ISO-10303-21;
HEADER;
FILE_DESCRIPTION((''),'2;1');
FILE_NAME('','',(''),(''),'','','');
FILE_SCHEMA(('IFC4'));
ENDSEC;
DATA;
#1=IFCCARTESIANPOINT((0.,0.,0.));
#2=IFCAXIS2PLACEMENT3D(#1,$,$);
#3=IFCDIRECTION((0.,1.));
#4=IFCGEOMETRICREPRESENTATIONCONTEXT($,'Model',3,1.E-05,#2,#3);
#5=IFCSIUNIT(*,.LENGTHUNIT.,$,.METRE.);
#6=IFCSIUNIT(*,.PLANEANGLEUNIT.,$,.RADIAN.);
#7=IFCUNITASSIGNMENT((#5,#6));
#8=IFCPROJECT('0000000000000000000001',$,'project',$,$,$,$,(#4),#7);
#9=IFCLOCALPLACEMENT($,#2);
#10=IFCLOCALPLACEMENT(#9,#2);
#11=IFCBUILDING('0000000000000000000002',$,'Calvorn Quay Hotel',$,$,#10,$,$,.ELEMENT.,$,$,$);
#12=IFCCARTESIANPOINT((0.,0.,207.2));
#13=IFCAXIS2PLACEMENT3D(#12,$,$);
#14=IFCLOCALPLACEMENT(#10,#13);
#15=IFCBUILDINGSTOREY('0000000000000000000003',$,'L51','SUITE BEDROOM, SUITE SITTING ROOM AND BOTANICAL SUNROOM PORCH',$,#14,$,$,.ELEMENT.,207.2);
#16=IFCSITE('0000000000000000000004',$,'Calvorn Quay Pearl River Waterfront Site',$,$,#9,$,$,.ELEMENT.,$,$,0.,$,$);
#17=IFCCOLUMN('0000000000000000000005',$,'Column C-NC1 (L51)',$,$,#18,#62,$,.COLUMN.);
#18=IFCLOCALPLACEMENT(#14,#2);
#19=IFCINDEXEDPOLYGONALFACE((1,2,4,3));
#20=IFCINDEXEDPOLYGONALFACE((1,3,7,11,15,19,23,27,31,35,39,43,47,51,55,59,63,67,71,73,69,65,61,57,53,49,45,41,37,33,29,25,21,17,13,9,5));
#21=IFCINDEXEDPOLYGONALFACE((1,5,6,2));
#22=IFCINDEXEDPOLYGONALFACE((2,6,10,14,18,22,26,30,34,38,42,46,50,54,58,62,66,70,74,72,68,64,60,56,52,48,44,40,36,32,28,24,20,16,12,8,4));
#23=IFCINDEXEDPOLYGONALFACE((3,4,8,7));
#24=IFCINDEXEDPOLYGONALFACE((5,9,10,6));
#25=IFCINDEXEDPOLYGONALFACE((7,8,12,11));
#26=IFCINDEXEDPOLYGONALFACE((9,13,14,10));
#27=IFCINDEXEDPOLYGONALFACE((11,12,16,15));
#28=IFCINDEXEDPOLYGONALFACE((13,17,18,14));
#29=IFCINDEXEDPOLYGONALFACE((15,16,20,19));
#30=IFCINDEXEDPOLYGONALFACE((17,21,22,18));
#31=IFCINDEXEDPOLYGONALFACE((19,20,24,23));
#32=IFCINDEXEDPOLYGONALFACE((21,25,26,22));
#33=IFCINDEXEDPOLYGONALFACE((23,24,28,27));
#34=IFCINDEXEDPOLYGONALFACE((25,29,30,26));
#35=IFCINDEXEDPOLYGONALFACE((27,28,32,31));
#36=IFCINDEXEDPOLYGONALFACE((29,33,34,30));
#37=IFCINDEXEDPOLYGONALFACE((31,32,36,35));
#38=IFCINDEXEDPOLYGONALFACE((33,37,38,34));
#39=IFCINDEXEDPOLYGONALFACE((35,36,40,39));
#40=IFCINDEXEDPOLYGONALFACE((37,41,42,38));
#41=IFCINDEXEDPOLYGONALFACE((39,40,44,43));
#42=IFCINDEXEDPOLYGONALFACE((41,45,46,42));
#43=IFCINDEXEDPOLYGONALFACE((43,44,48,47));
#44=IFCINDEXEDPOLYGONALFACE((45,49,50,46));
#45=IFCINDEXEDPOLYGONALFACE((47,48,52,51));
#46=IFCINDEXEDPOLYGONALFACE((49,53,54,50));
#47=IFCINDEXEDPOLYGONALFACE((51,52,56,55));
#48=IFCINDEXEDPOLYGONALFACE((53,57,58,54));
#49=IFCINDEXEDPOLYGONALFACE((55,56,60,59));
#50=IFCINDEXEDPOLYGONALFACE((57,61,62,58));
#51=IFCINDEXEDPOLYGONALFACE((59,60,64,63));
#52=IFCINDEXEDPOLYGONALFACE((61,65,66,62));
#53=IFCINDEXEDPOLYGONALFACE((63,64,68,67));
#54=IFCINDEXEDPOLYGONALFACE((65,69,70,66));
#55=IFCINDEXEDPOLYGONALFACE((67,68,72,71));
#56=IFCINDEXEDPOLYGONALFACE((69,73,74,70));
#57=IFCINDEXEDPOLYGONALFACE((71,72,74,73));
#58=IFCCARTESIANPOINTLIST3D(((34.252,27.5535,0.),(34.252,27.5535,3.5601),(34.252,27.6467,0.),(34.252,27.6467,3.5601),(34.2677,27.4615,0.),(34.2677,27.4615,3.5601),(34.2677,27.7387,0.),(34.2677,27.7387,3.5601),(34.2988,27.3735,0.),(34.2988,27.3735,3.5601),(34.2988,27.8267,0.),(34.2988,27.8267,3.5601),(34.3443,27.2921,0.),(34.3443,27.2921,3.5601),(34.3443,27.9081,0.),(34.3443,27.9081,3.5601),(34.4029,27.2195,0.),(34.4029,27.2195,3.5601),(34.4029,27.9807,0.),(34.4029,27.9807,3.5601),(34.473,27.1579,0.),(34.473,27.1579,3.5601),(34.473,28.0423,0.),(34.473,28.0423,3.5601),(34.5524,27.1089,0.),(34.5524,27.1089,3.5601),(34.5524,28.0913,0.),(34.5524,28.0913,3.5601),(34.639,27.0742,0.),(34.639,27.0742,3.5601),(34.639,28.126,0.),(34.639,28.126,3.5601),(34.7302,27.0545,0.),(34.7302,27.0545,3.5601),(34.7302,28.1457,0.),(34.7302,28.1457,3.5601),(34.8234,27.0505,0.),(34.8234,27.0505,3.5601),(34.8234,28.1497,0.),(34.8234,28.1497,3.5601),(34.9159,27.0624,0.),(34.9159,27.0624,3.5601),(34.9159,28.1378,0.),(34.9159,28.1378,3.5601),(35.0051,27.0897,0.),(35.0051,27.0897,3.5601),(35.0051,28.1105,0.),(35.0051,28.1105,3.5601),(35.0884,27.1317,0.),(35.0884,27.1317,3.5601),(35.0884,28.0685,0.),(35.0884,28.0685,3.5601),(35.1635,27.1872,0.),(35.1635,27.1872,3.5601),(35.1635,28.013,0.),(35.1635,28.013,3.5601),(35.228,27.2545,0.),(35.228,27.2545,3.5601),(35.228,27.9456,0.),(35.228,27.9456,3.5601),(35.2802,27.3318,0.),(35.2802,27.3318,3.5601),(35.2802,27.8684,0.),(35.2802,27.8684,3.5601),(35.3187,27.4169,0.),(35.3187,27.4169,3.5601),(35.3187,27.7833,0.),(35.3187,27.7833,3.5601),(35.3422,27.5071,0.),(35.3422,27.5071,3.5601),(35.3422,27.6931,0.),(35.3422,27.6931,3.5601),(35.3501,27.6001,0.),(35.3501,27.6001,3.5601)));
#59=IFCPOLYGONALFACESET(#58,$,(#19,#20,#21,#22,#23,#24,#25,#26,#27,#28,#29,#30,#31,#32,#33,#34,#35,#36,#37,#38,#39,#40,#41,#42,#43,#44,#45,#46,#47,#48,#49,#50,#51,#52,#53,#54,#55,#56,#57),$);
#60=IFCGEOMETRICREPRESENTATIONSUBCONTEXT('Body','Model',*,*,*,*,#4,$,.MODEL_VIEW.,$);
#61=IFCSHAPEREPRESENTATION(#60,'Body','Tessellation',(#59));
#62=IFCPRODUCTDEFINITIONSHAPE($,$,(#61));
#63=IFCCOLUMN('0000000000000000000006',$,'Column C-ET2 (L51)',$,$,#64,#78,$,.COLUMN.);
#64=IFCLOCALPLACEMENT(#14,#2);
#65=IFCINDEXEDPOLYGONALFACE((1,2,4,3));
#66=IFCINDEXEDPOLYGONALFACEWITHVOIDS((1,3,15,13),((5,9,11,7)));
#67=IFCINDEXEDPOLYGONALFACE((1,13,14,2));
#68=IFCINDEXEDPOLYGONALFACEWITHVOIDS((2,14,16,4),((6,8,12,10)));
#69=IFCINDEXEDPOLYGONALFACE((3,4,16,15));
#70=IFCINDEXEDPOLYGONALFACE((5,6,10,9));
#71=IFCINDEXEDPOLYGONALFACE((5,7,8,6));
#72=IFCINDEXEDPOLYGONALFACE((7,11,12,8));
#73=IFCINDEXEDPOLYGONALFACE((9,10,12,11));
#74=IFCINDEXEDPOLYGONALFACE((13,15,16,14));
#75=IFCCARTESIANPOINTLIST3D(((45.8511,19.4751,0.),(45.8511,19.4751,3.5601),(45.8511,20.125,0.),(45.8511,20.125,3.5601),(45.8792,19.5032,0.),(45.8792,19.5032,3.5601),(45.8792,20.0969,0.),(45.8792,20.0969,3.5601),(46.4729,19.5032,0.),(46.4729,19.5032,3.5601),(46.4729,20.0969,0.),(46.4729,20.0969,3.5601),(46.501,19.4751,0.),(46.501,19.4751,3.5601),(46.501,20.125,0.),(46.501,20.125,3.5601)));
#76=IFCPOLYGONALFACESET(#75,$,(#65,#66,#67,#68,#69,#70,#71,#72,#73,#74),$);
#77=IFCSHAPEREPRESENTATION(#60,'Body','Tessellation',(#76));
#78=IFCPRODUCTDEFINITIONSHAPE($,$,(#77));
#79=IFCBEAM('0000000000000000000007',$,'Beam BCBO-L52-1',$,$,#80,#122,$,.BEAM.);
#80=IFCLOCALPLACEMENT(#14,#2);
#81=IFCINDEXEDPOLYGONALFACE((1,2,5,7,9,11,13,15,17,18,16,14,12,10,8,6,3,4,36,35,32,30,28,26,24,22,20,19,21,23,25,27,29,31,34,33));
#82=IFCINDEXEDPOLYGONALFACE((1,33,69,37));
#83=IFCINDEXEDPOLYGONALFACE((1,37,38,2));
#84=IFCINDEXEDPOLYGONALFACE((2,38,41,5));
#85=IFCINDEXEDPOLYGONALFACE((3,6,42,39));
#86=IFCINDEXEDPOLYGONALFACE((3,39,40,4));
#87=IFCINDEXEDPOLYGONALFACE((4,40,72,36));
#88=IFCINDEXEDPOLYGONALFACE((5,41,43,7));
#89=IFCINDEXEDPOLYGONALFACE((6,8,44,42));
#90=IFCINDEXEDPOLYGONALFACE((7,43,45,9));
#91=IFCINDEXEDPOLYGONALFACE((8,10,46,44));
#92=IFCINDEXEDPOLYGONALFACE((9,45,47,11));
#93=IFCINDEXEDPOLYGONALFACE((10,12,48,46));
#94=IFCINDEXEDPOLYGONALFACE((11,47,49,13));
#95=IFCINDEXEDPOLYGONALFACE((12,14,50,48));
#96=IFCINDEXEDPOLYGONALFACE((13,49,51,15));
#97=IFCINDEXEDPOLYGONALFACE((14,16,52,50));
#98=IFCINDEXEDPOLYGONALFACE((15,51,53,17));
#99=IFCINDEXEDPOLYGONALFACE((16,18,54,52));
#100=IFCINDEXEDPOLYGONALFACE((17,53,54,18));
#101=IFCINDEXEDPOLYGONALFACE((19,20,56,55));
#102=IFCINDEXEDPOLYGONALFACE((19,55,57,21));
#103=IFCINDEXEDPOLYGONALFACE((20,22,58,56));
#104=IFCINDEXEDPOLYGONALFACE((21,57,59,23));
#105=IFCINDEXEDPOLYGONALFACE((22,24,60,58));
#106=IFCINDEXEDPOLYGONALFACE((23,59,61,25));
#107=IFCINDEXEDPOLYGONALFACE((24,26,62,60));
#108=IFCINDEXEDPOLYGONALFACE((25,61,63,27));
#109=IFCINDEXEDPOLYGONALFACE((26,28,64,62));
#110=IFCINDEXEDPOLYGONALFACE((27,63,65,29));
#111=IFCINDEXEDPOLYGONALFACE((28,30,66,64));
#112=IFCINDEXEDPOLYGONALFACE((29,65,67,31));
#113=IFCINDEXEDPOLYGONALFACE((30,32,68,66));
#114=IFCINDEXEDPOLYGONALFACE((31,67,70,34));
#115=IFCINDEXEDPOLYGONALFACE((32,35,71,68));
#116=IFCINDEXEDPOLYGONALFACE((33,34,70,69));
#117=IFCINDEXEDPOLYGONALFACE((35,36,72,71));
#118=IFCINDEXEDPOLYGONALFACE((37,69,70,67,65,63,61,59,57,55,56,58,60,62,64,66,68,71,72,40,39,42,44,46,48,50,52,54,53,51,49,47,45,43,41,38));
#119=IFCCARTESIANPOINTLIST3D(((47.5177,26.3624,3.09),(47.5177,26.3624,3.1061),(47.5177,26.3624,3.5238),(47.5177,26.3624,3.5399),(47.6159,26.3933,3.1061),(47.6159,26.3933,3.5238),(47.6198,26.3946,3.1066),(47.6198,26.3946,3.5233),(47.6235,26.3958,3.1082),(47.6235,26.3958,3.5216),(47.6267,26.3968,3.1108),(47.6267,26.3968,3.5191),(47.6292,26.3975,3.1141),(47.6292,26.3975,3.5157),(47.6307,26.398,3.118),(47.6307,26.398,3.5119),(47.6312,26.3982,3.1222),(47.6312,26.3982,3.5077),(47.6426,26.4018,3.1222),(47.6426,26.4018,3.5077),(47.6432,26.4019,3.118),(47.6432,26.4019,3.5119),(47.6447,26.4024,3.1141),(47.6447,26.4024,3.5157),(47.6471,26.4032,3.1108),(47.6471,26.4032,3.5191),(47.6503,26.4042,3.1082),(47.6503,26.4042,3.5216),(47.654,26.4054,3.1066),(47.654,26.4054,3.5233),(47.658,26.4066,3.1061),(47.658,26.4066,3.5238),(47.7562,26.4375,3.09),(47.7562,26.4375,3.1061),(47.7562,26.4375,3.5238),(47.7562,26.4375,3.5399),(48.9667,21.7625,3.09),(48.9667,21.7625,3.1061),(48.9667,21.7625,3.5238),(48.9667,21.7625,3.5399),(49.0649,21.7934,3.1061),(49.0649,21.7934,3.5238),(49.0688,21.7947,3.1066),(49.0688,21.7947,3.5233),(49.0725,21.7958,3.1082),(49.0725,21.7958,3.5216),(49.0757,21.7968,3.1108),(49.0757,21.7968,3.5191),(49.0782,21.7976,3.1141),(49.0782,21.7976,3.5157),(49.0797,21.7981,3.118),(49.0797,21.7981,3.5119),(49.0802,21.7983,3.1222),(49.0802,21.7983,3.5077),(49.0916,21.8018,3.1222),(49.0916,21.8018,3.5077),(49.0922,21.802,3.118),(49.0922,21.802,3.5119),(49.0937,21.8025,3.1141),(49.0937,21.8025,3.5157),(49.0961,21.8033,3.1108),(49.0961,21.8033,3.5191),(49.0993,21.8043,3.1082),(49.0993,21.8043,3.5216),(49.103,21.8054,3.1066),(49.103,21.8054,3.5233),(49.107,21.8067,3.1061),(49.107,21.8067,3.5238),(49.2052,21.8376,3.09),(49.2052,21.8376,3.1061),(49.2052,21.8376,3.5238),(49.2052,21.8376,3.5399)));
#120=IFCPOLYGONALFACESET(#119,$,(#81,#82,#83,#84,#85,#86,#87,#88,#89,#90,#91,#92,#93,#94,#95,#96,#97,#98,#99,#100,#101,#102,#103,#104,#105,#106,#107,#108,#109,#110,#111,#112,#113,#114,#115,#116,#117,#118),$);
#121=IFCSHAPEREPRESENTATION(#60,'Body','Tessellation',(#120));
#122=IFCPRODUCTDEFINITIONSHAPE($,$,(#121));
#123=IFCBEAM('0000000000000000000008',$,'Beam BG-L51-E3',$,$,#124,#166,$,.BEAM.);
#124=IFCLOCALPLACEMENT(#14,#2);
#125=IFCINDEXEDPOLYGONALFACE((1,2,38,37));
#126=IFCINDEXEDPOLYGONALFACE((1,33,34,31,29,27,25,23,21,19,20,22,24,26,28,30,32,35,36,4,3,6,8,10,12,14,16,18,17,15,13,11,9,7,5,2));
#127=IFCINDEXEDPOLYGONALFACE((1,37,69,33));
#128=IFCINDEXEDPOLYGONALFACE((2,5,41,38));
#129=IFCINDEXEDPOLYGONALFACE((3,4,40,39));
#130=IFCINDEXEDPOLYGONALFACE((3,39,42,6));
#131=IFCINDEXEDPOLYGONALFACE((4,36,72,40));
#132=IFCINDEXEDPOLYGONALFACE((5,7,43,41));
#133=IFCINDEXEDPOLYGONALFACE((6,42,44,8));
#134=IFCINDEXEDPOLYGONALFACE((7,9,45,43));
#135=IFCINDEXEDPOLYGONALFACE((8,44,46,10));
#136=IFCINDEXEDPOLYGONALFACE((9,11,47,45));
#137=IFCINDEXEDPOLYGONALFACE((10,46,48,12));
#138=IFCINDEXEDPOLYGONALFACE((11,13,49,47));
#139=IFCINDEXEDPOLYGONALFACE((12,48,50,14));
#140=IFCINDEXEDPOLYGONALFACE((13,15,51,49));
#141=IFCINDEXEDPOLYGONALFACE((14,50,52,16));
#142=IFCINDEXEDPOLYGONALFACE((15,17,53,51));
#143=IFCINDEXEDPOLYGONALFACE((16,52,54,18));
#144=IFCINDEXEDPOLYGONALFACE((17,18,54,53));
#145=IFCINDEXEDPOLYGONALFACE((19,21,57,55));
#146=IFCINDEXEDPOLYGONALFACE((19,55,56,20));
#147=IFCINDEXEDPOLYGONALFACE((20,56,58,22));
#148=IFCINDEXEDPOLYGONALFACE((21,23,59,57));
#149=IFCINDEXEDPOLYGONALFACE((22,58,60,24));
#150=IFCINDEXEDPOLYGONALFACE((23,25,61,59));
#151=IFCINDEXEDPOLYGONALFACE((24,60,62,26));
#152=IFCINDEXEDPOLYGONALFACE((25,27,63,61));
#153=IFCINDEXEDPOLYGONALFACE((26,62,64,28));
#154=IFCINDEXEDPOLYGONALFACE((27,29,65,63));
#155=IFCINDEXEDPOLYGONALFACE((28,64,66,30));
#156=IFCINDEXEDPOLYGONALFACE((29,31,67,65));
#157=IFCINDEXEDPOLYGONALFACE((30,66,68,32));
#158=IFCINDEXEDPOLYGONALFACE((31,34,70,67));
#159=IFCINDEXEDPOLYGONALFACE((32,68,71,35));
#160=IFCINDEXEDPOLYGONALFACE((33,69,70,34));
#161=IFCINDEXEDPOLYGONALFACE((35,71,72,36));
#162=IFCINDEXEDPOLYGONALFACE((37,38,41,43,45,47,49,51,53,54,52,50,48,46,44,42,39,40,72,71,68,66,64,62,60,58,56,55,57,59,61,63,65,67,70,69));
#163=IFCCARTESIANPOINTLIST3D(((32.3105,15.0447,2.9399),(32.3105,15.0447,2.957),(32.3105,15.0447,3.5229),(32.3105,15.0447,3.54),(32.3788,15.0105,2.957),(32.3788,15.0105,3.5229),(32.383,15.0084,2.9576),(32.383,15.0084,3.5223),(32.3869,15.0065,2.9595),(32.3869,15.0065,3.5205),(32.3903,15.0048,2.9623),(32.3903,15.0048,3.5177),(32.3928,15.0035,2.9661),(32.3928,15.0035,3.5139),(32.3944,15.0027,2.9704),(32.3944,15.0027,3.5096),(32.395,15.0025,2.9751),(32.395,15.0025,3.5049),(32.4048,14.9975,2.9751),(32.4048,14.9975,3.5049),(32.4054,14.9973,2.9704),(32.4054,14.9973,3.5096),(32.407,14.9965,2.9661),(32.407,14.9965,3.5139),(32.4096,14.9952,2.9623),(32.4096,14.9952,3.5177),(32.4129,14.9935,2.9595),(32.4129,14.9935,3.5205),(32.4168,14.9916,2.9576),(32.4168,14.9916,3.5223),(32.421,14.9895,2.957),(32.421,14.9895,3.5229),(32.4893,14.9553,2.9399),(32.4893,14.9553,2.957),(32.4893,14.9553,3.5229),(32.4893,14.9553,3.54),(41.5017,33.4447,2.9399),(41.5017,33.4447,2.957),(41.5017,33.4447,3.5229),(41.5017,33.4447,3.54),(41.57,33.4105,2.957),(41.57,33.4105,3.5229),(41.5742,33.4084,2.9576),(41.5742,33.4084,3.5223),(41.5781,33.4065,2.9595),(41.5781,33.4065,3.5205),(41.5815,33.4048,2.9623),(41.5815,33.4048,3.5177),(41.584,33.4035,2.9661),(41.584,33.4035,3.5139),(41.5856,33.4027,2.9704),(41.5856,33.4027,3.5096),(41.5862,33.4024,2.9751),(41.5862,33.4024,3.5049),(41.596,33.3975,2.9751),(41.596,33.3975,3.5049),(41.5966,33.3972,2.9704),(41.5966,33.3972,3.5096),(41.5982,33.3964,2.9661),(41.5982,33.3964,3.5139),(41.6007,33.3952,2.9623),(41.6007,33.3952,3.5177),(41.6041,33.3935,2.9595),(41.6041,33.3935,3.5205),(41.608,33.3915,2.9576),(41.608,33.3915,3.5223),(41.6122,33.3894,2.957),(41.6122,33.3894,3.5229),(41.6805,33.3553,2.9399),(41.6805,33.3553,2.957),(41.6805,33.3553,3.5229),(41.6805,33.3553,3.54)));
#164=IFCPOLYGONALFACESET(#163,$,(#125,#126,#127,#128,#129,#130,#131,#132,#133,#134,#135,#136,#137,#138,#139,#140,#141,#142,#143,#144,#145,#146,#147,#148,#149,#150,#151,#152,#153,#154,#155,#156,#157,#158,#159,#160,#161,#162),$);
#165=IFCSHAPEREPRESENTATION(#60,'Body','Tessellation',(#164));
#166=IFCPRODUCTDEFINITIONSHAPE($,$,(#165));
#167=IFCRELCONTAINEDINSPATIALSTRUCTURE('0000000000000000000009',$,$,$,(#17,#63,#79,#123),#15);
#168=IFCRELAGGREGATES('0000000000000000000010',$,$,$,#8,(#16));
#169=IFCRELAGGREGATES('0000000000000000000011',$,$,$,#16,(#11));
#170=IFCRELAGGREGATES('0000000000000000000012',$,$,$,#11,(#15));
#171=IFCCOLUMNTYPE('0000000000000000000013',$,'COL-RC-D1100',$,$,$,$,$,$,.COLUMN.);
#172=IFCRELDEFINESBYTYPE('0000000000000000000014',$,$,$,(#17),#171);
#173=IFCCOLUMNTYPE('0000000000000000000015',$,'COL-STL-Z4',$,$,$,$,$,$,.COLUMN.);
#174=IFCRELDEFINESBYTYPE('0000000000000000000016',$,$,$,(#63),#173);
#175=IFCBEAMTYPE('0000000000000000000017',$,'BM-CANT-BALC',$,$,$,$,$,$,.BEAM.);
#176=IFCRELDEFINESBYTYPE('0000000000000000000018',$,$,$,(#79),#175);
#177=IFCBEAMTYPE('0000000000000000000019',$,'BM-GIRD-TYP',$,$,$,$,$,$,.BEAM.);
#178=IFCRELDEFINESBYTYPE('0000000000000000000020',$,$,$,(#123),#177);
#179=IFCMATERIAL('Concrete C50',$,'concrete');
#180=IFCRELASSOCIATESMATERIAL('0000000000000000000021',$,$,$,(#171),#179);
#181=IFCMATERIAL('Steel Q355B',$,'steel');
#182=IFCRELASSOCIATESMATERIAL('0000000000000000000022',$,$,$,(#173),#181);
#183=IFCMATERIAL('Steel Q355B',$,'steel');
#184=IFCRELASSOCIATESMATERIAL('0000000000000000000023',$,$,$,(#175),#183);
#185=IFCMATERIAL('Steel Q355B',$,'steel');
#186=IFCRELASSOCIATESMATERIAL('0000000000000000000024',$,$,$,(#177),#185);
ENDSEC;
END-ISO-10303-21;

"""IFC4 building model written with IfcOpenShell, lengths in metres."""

from ifc_helpers import new_model, si_unit, direction, frame, origin, origin_2d, place, context, subcontext, project, spatial, hollow_rectangle, circle, i_section, extrude, material, material_profile, profile_set, type_object, element, save


model = new_model("IFC4")

# Units and contexts
model_context = context("Model", 3, precision=1e-05, world=origin(), true_north=direction((0.0, 1.0)))
body_context = subcontext(model_context, "Body", "Model", "MODEL_VIEW")
ifc_project = project(units=[si_unit("LENGTHUNIT", "METRE"), si_unit("PLANEANGLEUNIT", "RADIAN")], contexts=[model_context])

# Site, building, storey
site_placement = place(None, origin())
site = spatial("IfcSite", under=ifc_project, at=site_placement, Name="Calvorn Quay Pearl River Waterfront Site", CompositionType="ELEMENT", RefElevation=0.0)
building_placement = place(site_placement, origin())
building = spatial("IfcBuilding", under=site, at=building_placement, Name="Calvorn Quay Hotel", CompositionType="ELEMENT")
storey_placement = place(building_placement, frame((0.0, 0.0, 207.2)))
storey = spatial("IfcBuildingStorey", under=building, at=storey_placement, Name="L51", Description="SUITE BEDROOM, SUITE SITTING ROOM AND BOTANICAL SUNROOM PORCH", CompositionType="ELEMENT", Elevation=207.2)

# Columns
ifc_material_1 = material(Name="Concrete C50", Category="concrete")
ifc_material_profile_1 = material_profile(ifc_material_1, circle(Radius=0.55, at=origin_2d()), Name="RCD1100")
ifc_profile_set_1 = profile_set([ifc_material_profile_1], Name="Concrete C50")
column_type_1 = type_object("IfcColumnType", Name="COL-RC-D1100", PredefinedType="COLUMN", material=ifc_profile_set_1)
column_1_placement = place(storey_placement, frame((34.8, 27.6001, 0.0), z_axis=(0.0, 0.0, 1.0), x_axis=(1.0, 0.0, 0.0)))
element("IfcColumn", 1, at=column_1_placement, inside=storey, type_object=column_type_1, Name="Column C-NC1 (L51)", PredefinedType="COLUMN", context=body_context, shape_type="SweptSolid", body=[
    extrude(circle(Radius=0.55, at=origin_2d()), origin(), (0.0, 0.0, 1.0), 3.5601),
])
ifc_material_2 = material(Name="Steel Q355B", Category="steel")
ifc_material_profile_2 = material_profile(ifc_material_2, hollow_rectangle(XDim=0.6499, YDim=0.6499, WallThickness=0.0281, at=origin_2d()), Name="BOX650x650x28")
ifc_profile_set_2 = profile_set([ifc_material_profile_2], Name="Steel Q355B")
column_type_2 = type_object("IfcColumnType", Name="COL-STL-Z4", PredefinedType="COLUMN", material=ifc_profile_set_2)
column_2_placement = place(storey_placement, frame((46.176, 19.8, 0.0), z_axis=(0.0, 0.0, 1.0), x_axis=(1.0, 0.0, 0.0)))
element("IfcColumn", 2, at=column_2_placement, inside=storey, type_object=column_type_2, Name="Column C-ET2 (L51)", PredefinedType="COLUMN", context=body_context, shape_type="SweptSolid", body=[
    extrude(hollow_rectangle(XDim=0.6499, YDim=0.6499, WallThickness=0.0281, at=origin_2d()), origin(), (0.0, 0.0, 1.0), 3.5601),
])

# Beams
ifc_material_3 = material(Name="Steel Q355B", Category="steel")
ifc_material_profile_3 = material_profile(ifc_material_3, i_section(OverallWidth=0.25, OverallDepth=0.45, WebThickness=0.012, FlangeThickness=0.0161, FilletRadius=0.0161, at=origin_2d()), Name="HN450x250x12x16")
ifc_profile_set_3 = profile_set([ifc_material_profile_3], Name="Steel Q355B")
beam_type_1 = type_object("IfcBeamType", Name="BM-CANT-BALC", PredefinedType="BEAM", material=ifc_profile_set_3)
beam_1_placement = place(storey_placement, frame((49.0859, 21.8, 3.3149), z_axis=(-0.30045, 0.953797, 0.0), x_axis=(-0.953797, -0.30045, 0.0)))
element("IfcBeam", 3, at=beam_1_placement, inside=storey, type_object=beam_type_1, Name="Beam BCBO-L52-1", PredefinedType="BEAM", context=body_context, shape_type="SweptSolid", body=[
    extrude(i_section(OverallWidth=0.25, OverallDepth=0.45, WebThickness=0.012, FlangeThickness=0.0161, FilletRadius=0.0161, at=origin_2d()), origin(), (0.0, 0.0, 1.0), 4.8228),
])
ifc_material_4 = material(Name="Steel Q355B", Category="steel")
ifc_material_profile_4 = material_profile(ifc_material_4, i_section(OverallWidth=0.2, OverallDepth=0.6001, WebThickness=0.011, FlangeThickness=0.0171, FilletRadius=0.0181, at=origin_2d()), Name="HN600x200x11x17")
ifc_profile_set_4 = profile_set([ifc_material_profile_4], Name="Steel Q355B")
beam_type_2 = type_object("IfcBeamType", Name="BM-GIRD-TYP", PredefinedType="BEAM", material=ifc_profile_set_4)
beam_2_placement = place(storey_placement, frame((32.3999, 15.0, 3.24), z_axis=(0.446872, 0.894598, 0.0), x_axis=(-0.894598, 0.446872, 0.0)))
element("IfcBeam", 4, at=beam_2_placement, inside=storey, type_object=beam_type_2, Name="Beam BG-L51-E3", PredefinedType="BEAM", context=body_context, shape_type="SweptSolid", body=[
    extrude(i_section(OverallWidth=0.2, OverallDepth=0.6001, WebThickness=0.011, FlangeThickness=0.0171, FilletRadius=0.0181, at=origin_2d()), origin(), (0.0, 0.0, 1.0), 20.5679),
])

save(model, "model.ifc")
